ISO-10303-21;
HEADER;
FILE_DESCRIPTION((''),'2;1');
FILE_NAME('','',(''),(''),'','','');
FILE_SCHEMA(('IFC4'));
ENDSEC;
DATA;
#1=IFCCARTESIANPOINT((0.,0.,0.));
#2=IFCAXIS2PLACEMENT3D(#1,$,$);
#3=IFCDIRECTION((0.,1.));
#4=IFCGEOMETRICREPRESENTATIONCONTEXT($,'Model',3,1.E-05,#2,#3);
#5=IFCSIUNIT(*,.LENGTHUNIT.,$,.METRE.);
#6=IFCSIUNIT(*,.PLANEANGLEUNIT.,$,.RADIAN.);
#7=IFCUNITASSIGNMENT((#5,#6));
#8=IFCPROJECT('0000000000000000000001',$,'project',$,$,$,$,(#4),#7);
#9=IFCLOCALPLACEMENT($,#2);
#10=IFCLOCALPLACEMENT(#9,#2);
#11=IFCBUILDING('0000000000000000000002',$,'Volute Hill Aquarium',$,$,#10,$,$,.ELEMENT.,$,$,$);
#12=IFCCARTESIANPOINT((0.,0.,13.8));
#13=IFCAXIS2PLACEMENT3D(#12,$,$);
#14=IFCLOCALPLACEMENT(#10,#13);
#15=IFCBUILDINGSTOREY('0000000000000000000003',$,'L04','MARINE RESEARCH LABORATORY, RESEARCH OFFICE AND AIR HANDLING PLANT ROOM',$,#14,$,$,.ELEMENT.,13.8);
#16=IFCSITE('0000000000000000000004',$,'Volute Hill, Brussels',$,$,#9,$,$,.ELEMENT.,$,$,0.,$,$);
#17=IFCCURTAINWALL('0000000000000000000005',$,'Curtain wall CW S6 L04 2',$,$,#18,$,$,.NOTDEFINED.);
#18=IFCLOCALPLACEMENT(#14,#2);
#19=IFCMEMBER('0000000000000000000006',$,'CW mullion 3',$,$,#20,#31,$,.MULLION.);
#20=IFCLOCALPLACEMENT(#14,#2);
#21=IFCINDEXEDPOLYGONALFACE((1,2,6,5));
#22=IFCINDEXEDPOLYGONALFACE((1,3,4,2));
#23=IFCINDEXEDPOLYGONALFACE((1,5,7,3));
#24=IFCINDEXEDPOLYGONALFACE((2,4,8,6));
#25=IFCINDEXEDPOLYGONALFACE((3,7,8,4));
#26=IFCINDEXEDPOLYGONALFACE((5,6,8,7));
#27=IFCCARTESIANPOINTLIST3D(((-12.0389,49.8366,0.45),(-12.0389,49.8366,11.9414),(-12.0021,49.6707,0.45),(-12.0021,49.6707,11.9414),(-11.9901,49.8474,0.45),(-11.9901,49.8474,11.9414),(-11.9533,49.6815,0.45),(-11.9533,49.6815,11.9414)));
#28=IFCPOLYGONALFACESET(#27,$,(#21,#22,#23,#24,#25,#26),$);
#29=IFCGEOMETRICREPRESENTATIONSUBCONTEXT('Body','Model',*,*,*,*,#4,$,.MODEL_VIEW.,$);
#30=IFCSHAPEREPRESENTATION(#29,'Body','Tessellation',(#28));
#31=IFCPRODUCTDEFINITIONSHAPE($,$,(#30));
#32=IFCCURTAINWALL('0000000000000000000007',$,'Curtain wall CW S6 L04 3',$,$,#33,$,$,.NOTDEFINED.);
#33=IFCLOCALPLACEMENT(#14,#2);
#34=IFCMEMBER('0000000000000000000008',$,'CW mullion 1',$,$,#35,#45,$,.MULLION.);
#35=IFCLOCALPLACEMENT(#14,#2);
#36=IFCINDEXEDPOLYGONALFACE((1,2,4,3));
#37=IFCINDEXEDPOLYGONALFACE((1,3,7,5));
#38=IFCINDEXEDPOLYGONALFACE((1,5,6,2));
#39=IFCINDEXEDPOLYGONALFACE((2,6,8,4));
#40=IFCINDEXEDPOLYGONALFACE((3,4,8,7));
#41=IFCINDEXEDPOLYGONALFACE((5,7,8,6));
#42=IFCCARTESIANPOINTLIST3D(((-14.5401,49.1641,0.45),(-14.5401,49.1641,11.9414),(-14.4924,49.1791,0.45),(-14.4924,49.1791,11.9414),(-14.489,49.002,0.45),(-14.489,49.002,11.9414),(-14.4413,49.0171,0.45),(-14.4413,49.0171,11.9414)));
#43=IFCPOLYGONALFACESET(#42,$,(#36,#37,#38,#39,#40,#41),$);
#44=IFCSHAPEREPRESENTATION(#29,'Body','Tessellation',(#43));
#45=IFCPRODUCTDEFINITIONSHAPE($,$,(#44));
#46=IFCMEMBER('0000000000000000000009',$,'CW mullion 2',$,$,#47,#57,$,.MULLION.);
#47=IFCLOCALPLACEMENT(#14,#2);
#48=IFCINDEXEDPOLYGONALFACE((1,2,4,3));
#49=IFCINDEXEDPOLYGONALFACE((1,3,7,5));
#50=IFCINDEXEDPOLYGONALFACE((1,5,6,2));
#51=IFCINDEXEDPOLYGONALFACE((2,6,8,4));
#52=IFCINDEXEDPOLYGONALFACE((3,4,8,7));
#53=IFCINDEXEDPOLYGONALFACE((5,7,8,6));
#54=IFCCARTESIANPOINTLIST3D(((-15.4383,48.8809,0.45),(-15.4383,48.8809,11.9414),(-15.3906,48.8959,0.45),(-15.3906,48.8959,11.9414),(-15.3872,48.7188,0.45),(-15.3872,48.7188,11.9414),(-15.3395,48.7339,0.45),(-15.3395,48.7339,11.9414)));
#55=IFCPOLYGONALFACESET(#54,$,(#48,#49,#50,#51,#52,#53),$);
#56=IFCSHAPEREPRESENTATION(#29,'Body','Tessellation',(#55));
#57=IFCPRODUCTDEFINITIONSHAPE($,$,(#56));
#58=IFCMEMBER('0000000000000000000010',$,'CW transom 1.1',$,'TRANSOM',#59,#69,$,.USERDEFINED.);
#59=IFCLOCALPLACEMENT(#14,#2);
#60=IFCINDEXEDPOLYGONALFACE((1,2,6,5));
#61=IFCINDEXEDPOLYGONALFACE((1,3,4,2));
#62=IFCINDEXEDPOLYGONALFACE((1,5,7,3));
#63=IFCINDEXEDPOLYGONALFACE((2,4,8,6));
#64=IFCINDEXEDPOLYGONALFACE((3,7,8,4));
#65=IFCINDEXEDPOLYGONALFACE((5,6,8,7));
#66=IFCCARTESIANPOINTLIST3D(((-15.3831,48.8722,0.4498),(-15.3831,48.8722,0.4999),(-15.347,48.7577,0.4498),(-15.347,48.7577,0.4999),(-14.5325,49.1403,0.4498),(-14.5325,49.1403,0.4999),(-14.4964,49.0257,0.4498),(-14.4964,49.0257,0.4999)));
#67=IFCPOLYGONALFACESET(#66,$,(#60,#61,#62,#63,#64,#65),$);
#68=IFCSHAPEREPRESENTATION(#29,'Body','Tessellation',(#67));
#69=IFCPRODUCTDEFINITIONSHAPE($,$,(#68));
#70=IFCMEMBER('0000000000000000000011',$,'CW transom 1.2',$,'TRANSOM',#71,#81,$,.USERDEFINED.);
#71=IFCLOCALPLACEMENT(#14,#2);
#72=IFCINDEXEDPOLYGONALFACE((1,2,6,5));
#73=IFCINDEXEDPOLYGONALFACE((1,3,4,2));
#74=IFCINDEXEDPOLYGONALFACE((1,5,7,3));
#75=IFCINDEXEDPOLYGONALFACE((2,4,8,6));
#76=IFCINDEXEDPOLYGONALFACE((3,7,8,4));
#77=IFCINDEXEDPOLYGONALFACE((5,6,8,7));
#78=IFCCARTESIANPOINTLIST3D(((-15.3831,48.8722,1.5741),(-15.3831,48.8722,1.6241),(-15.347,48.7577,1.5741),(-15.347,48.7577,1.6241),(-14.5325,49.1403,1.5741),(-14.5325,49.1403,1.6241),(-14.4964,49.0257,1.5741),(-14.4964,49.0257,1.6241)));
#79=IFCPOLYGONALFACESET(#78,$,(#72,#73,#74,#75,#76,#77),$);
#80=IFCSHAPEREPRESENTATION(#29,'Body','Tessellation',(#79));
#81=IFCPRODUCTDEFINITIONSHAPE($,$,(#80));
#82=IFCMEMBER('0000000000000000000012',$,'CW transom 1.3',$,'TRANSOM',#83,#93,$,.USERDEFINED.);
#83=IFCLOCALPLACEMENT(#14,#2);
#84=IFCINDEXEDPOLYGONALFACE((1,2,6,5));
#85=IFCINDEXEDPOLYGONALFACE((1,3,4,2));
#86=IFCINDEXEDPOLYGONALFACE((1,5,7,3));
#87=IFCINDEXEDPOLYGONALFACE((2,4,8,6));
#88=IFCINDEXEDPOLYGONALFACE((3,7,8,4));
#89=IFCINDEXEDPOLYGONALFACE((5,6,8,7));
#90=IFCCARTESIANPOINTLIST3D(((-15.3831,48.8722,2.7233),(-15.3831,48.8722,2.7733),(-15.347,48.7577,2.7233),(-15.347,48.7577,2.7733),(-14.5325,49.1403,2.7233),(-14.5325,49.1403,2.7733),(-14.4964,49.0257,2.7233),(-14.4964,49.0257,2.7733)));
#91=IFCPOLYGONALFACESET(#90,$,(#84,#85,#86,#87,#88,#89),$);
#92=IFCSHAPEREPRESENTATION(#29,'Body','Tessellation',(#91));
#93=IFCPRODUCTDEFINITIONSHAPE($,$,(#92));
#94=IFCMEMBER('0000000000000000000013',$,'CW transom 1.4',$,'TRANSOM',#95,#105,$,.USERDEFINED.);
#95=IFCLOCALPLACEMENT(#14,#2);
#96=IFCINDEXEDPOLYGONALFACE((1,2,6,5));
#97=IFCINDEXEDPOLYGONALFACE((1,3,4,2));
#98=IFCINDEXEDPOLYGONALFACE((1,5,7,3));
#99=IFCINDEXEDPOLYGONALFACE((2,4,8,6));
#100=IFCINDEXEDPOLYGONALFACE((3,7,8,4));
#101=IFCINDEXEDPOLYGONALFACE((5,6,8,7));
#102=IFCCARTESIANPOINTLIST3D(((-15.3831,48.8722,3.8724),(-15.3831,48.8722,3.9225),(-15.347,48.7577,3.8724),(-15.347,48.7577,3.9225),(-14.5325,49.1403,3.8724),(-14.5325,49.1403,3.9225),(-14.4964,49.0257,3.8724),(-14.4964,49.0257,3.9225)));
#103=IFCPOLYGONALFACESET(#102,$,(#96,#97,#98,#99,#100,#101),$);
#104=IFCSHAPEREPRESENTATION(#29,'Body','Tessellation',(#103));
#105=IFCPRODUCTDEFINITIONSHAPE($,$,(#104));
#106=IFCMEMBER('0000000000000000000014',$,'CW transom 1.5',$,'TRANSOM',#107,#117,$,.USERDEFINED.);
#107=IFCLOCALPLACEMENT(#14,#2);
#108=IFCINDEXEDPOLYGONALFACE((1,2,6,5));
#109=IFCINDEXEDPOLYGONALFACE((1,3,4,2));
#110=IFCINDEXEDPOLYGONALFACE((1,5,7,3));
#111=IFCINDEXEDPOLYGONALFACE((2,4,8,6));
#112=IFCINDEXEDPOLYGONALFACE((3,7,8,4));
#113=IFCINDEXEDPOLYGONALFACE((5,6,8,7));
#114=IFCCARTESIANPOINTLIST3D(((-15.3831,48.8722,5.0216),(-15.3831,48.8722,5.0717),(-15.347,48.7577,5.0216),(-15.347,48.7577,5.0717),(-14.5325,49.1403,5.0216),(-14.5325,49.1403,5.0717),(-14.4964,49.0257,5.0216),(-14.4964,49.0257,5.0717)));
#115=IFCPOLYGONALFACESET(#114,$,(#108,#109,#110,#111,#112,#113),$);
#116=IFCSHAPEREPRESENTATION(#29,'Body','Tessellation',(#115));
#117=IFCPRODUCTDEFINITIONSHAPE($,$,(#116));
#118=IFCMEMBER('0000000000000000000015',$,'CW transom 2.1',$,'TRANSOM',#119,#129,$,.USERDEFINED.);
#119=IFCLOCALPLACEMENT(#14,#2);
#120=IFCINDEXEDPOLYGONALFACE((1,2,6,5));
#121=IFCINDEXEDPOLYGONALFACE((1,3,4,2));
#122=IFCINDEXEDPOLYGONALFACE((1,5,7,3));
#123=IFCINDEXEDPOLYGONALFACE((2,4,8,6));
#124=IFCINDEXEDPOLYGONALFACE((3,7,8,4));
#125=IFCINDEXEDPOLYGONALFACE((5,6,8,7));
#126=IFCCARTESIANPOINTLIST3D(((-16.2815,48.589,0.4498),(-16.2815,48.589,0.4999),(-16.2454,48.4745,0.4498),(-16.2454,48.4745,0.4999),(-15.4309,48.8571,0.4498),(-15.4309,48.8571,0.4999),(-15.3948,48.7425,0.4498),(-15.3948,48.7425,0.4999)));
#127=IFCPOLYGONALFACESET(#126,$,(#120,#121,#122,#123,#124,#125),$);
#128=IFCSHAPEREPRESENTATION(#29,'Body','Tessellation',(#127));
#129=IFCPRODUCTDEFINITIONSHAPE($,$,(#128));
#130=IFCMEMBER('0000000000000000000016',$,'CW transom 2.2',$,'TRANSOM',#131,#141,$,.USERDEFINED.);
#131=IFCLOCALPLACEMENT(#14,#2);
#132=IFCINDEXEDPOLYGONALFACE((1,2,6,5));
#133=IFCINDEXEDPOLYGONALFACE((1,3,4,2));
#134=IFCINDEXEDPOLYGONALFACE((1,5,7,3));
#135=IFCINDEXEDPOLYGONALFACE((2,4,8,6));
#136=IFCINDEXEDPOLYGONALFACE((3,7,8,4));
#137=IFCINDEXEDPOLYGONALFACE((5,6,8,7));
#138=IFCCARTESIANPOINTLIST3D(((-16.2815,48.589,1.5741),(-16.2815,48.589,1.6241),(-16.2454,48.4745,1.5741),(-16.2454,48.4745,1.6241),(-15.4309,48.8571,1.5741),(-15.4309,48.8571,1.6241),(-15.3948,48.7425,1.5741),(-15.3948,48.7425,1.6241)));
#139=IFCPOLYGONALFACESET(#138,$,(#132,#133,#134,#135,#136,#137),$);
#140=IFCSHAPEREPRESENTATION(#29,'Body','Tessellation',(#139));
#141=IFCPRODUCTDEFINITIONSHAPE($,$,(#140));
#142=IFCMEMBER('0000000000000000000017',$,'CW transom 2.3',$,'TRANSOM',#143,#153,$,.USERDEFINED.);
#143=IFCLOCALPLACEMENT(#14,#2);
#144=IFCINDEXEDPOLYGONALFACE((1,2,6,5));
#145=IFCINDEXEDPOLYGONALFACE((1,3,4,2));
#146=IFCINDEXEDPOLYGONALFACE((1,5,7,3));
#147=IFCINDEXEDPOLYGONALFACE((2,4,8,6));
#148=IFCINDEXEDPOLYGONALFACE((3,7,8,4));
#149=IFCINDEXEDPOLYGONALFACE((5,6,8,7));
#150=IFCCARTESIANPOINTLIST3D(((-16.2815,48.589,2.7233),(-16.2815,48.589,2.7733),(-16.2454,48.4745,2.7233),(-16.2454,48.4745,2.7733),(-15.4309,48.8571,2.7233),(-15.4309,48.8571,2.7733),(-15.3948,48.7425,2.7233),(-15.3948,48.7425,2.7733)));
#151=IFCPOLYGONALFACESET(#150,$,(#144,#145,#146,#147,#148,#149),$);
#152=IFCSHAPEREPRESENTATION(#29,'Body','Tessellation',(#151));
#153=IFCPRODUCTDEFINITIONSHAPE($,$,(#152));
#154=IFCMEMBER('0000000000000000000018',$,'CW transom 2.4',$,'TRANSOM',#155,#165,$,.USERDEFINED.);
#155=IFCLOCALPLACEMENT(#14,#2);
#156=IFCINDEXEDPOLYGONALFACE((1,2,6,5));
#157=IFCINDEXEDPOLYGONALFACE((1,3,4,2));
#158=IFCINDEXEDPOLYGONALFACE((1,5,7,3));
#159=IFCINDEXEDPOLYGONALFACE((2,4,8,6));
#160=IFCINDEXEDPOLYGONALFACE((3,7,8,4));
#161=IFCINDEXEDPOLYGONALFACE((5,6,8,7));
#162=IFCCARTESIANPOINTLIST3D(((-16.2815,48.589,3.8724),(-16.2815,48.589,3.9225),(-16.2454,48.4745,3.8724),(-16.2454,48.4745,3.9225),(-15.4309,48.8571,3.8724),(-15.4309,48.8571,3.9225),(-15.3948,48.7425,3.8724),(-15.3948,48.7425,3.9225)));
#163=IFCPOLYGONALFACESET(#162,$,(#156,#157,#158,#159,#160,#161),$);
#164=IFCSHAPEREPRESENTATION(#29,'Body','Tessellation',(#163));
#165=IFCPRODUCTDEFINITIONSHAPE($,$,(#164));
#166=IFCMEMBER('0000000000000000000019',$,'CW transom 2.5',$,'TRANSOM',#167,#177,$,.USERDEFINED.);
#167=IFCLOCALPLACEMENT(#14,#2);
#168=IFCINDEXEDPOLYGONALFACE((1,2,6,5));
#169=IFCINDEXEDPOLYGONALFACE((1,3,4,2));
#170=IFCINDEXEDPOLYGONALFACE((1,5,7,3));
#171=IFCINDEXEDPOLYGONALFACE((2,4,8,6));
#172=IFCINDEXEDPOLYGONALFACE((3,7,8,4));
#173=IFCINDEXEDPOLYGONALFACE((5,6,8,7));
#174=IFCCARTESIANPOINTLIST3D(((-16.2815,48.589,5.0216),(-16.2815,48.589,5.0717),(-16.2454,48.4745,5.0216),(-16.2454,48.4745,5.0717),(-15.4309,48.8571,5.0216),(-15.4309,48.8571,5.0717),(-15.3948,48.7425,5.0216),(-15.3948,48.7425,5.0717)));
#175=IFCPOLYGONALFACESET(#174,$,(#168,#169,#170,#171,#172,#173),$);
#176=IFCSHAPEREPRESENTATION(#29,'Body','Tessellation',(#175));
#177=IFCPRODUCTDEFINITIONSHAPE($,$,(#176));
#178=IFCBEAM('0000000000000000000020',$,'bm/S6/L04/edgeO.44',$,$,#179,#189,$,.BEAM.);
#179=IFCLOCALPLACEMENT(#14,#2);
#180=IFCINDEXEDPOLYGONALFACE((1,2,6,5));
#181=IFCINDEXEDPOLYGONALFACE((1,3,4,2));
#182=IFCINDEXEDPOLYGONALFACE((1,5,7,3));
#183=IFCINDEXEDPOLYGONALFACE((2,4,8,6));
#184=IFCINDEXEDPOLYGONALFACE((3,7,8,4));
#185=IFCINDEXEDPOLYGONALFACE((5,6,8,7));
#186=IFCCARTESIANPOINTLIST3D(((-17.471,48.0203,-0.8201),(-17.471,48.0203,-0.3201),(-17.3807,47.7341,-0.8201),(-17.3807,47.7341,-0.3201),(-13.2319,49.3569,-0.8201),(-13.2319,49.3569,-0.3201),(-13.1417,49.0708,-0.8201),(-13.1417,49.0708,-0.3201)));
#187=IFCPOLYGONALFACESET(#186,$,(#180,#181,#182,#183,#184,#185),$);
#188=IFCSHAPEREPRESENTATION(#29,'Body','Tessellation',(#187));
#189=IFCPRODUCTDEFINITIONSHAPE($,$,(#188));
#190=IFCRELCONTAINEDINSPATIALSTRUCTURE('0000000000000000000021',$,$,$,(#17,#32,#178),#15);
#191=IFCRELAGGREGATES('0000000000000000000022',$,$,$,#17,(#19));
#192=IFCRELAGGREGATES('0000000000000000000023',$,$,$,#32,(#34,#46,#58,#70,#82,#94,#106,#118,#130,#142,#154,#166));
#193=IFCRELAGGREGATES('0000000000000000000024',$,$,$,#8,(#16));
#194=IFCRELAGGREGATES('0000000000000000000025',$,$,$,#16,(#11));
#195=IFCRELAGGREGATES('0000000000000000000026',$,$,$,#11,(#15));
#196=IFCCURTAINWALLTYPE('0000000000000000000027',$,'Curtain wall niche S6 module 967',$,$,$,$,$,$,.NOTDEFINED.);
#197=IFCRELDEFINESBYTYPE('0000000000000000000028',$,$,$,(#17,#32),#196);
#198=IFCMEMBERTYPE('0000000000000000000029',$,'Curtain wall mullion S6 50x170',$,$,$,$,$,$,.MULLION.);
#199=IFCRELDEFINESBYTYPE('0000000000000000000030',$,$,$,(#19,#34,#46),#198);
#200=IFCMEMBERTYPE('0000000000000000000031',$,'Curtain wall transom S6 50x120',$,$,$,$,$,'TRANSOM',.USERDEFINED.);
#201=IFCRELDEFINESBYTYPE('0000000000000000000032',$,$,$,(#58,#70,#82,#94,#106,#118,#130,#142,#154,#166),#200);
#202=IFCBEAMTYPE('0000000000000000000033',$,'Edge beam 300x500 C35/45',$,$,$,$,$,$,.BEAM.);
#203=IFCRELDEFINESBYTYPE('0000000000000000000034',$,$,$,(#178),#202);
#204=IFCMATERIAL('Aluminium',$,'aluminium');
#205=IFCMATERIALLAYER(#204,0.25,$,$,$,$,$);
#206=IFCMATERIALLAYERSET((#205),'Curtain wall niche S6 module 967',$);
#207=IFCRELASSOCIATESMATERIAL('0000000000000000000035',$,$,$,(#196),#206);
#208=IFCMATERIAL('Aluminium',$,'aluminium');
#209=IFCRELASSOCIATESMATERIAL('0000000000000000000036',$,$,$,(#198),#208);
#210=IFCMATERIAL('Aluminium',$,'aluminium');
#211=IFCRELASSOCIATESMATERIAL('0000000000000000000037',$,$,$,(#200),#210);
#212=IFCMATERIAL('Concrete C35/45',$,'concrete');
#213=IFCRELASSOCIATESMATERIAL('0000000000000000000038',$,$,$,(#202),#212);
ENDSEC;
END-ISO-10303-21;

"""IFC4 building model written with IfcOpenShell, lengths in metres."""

from ifc_helpers import new_model, si_unit, direction, frame, origin, origin_2d, place, context, subcontext, project, spatial, rectangle, extrude, material, layer, layer_set, material_profile, profile_set, type_object, element, aggregate, save


model = new_model("IFC4")

# Units and contexts
model_context = context("Model", 3, precision=1e-05, world=origin(), true_north=direction((0.0, 1.0)))
body_context = subcontext(model_context, "Body", "Model", "MODEL_VIEW")
ifc_project = project(units=[si_unit("LENGTHUNIT", "METRE"), si_unit("PLANEANGLEUNIT", "RADIAN")], contexts=[model_context])

# Site, building, storey
site_placement = place(None, origin())
site = spatial("IfcSite", under=ifc_project, at=site_placement, Name="Volute Hill, Brussels", CompositionType="ELEMENT", RefElevation=0.0)
building_placement = place(site_placement, origin())
building = spatial("IfcBuilding", under=site, at=building_placement, Name="Volute Hill Aquarium", CompositionType="ELEMENT")
storey_placement = place(building_placement, frame((0.0, 0.0, 13.8)))
storey = spatial("IfcBuildingStorey", under=building, at=storey_placement, Name="L04", Description="MARINE RESEARCH LABORATORY, RESEARCH OFFICE AND AIR HANDLING PLANT ROOM", CompositionType="ELEMENT", Elevation=13.8)

# Curtain wall, member
ifc_material_1 = material(Name="Aluminium", Category="aluminium")
ifc_layer_1 = layer(ifc_material_1, 0.25)
ifc_layer_set_1 = layer_set([ifc_layer_1], Name="Curtain wall niche S6 module 967")
curtain_wall_type = type_object("IfcCurtainWallType", Name="Curtain wall niche S6 module 967", PredefinedType="NOTDEFINED", material=ifc_layer_set_1)
curtain_wall_1_placement = place(storey_placement, origin())
curtain_wall_1 = element("IfcCurtainWall", 1, at=curtain_wall_1_placement, inside=storey, type_object=curtain_wall_type, Name="Curtain wall CW S6 L04 2", PredefinedType="NOTDEFINED")
ifc_material_2 = material(Name="Aluminium", Category="aluminium")
ifc_material_profile_1 = material_profile(ifc_material_2, rectangle(XDim=0.1699, YDim=0.05, at=origin_2d()), Name="Curtain wall mullion S6 50x170")
ifc_profile_set_1 = profile_set([ifc_material_profile_1], Name="Aluminium")
member_type_1 = type_object("IfcMemberType", Name="Curtain wall mullion S6 50x170", PredefinedType="MULLION", material=ifc_profile_set_1)
member_1_placement = place(storey_placement, frame((-11.9961, 49.759, 0.45), z_axis=(0.0, 0.0, 1.0), x_axis=(0.216429, -0.976298, 0.0)))
member_1 = element("IfcMember", 2, at=member_1_placement, type_object=member_type_1, Name="CW mullion 3", PredefinedType="MULLION", context=body_context, shape_type="SweptSolid", body=[
    extrude(rectangle(XDim=0.1699, YDim=0.05, at=origin_2d()), origin(), (0.0, 0.0, 1.0), 11.4915),
])

# Curtain wall, members
curtain_wall_2_placement = place(storey_placement, origin())
curtain_wall_2 = element("IfcCurtainWall", 3, at=curtain_wall_2_placement, inside=storey, type_object=curtain_wall_type, Name="Curtain wall CW S6 L04 3", PredefinedType="NOTDEFINED")
member_2_placement = place(storey_placement, frame((-14.4907, 49.0906, 0.45), z_axis=(0.0, 0.0, 1.0), x_axis=(0.300706, -0.953717, 0.0)))
member_2 = element("IfcMember", 4, at=member_2_placement, type_object=member_type_1, Name="CW mullion 1", PredefinedType="MULLION", context=body_context, shape_type="SweptSolid", body=[
    extrude(rectangle(XDim=0.1699, YDim=0.05, at=origin_2d()), origin(), (0.0, 0.0, 1.0), 11.4915),
])
member_3_placement = place(storey_placement, frame((-15.3889, 48.8074, 0.45), z_axis=(0.0, 0.0, 1.0), x_axis=(0.300706, -0.953717, 0.0)))
member_3 = element("IfcMember", 5, at=member_3_placement, type_object=member_type_1, Name="CW mullion 2", PredefinedType="MULLION", context=body_context, shape_type="SweptSolid", body=[
    extrude(rectangle(XDim=0.1699, YDim=0.05, at=origin_2d()), origin(), (0.0, 0.0, 1.0), 11.4915),
])
ifc_material_3 = material(Name="Aluminium", Category="aluminium")
ifc_material_profile_2 = material_profile(ifc_material_3, rectangle(XDim=0.1201, YDim=0.05, at=origin_2d()), Name="Curtain wall transom S6 50x120")
ifc_profile_set_2 = profile_set([ifc_material_profile_2], Name="Aluminium")
member_type_2 = type_object("IfcMemberType", Name="Curtain wall transom S6 50x120", ElementType="TRANSOM", PredefinedType="USERDEFINED", material=ifc_profile_set_2)
member_4_placement = place(storey_placement, frame((-14.5144, 49.083, 0.4749), z_axis=(-0.953756, -0.300581, 0.0), x_axis=(0.300581, -0.953756, 0.0)))
member_4 = element("IfcMember", 6, at=member_4_placement, type_object=member_type_2, Name="CW transom 1.1", ObjectType="TRANSOM", PredefinedType="USERDEFINED", context=body_context, shape_type="SweptSolid", body=[
    extrude(rectangle(XDim=0.1201, YDim=0.05, at=origin_2d()), origin(), (0.0, 0.0, 1.0), 0.8918),
])
member_5_placement = place(storey_placement, frame((-14.5144, 49.083, 1.5991), z_axis=(-0.953756, -0.300581, 0.0), x_axis=(0.300581, -0.953756, 0.0)))
member_5 = element("IfcMember", 7, at=member_5_placement, type_object=member_type_2, Name="CW transom 1.2", ObjectType="TRANSOM", PredefinedType="USERDEFINED", context=body_context, shape_type="SweptSolid", body=[
    extrude(rectangle(XDim=0.1201, YDim=0.05, at=origin_2d()), origin(), (0.0, 0.0, 1.0), 0.8918),
])
member_6_placement = place(storey_placement, frame((-14.5144, 49.083, 2.7483), z_axis=(-0.953756, -0.300581, 0.0), x_axis=(0.300581, -0.953756, 0.0)))
member_6 = element("IfcMember", 8, at=member_6_placement, type_object=member_type_2, Name="CW transom 1.3", ObjectType="TRANSOM", PredefinedType="USERDEFINED", context=body_context, shape_type="SweptSolid", body=[
    extrude(rectangle(XDim=0.1201, YDim=0.05, at=origin_2d()), origin(), (0.0, 0.0, 1.0), 0.8918),
])
member_7_placement = place(storey_placement, frame((-14.5144, 49.083, 3.8975), z_axis=(-0.953756, -0.300581, 0.0), x_axis=(0.300581, -0.953756, 0.0)))
member_7 = element("IfcMember", 9, at=member_7_placement, type_object=member_type_2, Name="CW transom 1.4", ObjectType="TRANSOM", PredefinedType="USERDEFINED", context=body_context, shape_type="SweptSolid", body=[
    extrude(rectangle(XDim=0.1201, YDim=0.05, at=origin_2d()), origin(), (0.0, 0.0, 1.0), 0.8918),
])
member_8_placement = place(storey_placement, frame((-14.5144, 49.083, 5.0466), z_axis=(-0.953756, -0.300581, 0.0), x_axis=(0.300581, -0.953756, 0.0)))
member_8 = element("IfcMember", 10, at=member_8_placement, type_object=member_type_2, Name="CW transom 1.5", ObjectType="TRANSOM", PredefinedType="USERDEFINED", context=body_context, shape_type="SweptSolid", body=[
    extrude(rectangle(XDim=0.1201, YDim=0.05, at=origin_2d()), origin(), (0.0, 0.0, 1.0), 0.8918),
])
member_9_placement = place(storey_placement, frame((-15.4128, 48.7998, 0.4749), z_axis=(-0.953756, -0.300581, 0.0), x_axis=(0.300581, -0.953756, 0.0)))
member_9 = element("IfcMember", 11, at=member_9_placement, type_object=member_type_2, Name="CW transom 2.1", ObjectType="TRANSOM", PredefinedType="USERDEFINED", context=body_context, shape_type="SweptSolid", body=[
    extrude(rectangle(XDim=0.1201, YDim=0.05, at=origin_2d()), origin(), (0.0, 0.0, 1.0), 0.8918),
])
member_10_placement = place(storey_placement, frame((-15.4128, 48.7998, 1.5991), z_axis=(-0.953756, -0.300581, 0.0), x_axis=(0.300581, -0.953756, 0.0)))
member_10 = element("IfcMember", 12, at=member_10_placement, type_object=member_type_2, Name="CW transom 2.2", ObjectType="TRANSOM", PredefinedType="USERDEFINED", context=body_context, shape_type="SweptSolid", body=[
    extrude(rectangle(XDim=0.1201, YDim=0.05, at=origin_2d()), origin(), (0.0, 0.0, 1.0), 0.8918),
])
member_11_placement = place(storey_placement, frame((-15.4128, 48.7998, 2.7483), z_axis=(-0.953756, -0.300581, 0.0), x_axis=(0.300581, -0.953756, 0.0)))
member_11 = element("IfcMember", 13, at=member_11_placement, type_object=member_type_2, Name="CW transom 2.3", ObjectType="TRANSOM", PredefinedType="USERDEFINED", context=body_context, shape_type="SweptSolid", body=[
    extrude(rectangle(XDim=0.1201, YDim=0.05, at=origin_2d()), origin(), (0.0, 0.0, 1.0), 0.8918),
])
member_12_placement = place(storey_placement, frame((-15.4128, 48.7998, 3.8975), z_axis=(-0.953756, -0.300581, 0.0), x_axis=(0.300581, -0.953756, 0.0)))
member_12 = element("IfcMember", 14, at=member_12_placement, type_object=member_type_2, Name="CW transom 2.4", ObjectType="TRANSOM", PredefinedType="USERDEFINED", context=body_context, shape_type="SweptSolid", body=[
    extrude(rectangle(XDim=0.1201, YDim=0.05, at=origin_2d()), origin(), (0.0, 0.0, 1.0), 0.8918),
])
member_13_placement = place(storey_placement, frame((-15.4128, 48.7998, 5.0466), z_axis=(-0.953756, -0.300581, 0.0), x_axis=(0.300581, -0.953756, 0.0)))
member_13 = element("IfcMember", 15, at=member_13_placement, type_object=member_type_2, Name="CW transom 2.5", ObjectType="TRANSOM", PredefinedType="USERDEFINED", context=body_context, shape_type="SweptSolid", body=[
    extrude(rectangle(XDim=0.1201, YDim=0.05, at=origin_2d()), origin(), (0.0, 0.0, 1.0), 0.8918),
])

# Beam
ifc_material_4 = material(Name="Concrete C35/45", Category="concrete")
ifc_material_profile_3 = material_profile(ifc_material_4, rectangle(XDim=0.3, YDim=0.5, at=origin_2d()), Name="RC edge beam 300x500")
ifc_profile_set_3 = profile_set([ifc_material_profile_3], Name="Concrete C35/45")
beam_type_1 = type_object("IfcBeamType", Name="Edge beam 300x500 C35/45", PredefinedType="BEAM", material=ifc_profile_set_3)
beam_1_placement = place(storey_placement, frame((-13.1868, 49.2139, -0.5701), z_axis=(-0.95371, -0.300729, 0.0), x_axis=(0.300729, -0.95371, 0.0)))
element("IfcBeam", 16, at=beam_1_placement, inside=storey, type_object=beam_type_1, Name="bm/S6/L04/edgeO.44", PredefinedType="BEAM", context=body_context, shape_type="SweptSolid", body=[
    extrude(rectangle(XDim=0.3, YDim=0.5, at=origin_2d()), origin(), (0.0, 0.0, 1.0), 4.4448),
])

aggregate(curtain_wall_1, [member_1])
aggregate(curtain_wall_2, [member_2, member_3, member_4, member_5, member_6, member_7, member_8, member_9, member_10, member_11, member_12, member_13])

save(model, "model.ifc")
